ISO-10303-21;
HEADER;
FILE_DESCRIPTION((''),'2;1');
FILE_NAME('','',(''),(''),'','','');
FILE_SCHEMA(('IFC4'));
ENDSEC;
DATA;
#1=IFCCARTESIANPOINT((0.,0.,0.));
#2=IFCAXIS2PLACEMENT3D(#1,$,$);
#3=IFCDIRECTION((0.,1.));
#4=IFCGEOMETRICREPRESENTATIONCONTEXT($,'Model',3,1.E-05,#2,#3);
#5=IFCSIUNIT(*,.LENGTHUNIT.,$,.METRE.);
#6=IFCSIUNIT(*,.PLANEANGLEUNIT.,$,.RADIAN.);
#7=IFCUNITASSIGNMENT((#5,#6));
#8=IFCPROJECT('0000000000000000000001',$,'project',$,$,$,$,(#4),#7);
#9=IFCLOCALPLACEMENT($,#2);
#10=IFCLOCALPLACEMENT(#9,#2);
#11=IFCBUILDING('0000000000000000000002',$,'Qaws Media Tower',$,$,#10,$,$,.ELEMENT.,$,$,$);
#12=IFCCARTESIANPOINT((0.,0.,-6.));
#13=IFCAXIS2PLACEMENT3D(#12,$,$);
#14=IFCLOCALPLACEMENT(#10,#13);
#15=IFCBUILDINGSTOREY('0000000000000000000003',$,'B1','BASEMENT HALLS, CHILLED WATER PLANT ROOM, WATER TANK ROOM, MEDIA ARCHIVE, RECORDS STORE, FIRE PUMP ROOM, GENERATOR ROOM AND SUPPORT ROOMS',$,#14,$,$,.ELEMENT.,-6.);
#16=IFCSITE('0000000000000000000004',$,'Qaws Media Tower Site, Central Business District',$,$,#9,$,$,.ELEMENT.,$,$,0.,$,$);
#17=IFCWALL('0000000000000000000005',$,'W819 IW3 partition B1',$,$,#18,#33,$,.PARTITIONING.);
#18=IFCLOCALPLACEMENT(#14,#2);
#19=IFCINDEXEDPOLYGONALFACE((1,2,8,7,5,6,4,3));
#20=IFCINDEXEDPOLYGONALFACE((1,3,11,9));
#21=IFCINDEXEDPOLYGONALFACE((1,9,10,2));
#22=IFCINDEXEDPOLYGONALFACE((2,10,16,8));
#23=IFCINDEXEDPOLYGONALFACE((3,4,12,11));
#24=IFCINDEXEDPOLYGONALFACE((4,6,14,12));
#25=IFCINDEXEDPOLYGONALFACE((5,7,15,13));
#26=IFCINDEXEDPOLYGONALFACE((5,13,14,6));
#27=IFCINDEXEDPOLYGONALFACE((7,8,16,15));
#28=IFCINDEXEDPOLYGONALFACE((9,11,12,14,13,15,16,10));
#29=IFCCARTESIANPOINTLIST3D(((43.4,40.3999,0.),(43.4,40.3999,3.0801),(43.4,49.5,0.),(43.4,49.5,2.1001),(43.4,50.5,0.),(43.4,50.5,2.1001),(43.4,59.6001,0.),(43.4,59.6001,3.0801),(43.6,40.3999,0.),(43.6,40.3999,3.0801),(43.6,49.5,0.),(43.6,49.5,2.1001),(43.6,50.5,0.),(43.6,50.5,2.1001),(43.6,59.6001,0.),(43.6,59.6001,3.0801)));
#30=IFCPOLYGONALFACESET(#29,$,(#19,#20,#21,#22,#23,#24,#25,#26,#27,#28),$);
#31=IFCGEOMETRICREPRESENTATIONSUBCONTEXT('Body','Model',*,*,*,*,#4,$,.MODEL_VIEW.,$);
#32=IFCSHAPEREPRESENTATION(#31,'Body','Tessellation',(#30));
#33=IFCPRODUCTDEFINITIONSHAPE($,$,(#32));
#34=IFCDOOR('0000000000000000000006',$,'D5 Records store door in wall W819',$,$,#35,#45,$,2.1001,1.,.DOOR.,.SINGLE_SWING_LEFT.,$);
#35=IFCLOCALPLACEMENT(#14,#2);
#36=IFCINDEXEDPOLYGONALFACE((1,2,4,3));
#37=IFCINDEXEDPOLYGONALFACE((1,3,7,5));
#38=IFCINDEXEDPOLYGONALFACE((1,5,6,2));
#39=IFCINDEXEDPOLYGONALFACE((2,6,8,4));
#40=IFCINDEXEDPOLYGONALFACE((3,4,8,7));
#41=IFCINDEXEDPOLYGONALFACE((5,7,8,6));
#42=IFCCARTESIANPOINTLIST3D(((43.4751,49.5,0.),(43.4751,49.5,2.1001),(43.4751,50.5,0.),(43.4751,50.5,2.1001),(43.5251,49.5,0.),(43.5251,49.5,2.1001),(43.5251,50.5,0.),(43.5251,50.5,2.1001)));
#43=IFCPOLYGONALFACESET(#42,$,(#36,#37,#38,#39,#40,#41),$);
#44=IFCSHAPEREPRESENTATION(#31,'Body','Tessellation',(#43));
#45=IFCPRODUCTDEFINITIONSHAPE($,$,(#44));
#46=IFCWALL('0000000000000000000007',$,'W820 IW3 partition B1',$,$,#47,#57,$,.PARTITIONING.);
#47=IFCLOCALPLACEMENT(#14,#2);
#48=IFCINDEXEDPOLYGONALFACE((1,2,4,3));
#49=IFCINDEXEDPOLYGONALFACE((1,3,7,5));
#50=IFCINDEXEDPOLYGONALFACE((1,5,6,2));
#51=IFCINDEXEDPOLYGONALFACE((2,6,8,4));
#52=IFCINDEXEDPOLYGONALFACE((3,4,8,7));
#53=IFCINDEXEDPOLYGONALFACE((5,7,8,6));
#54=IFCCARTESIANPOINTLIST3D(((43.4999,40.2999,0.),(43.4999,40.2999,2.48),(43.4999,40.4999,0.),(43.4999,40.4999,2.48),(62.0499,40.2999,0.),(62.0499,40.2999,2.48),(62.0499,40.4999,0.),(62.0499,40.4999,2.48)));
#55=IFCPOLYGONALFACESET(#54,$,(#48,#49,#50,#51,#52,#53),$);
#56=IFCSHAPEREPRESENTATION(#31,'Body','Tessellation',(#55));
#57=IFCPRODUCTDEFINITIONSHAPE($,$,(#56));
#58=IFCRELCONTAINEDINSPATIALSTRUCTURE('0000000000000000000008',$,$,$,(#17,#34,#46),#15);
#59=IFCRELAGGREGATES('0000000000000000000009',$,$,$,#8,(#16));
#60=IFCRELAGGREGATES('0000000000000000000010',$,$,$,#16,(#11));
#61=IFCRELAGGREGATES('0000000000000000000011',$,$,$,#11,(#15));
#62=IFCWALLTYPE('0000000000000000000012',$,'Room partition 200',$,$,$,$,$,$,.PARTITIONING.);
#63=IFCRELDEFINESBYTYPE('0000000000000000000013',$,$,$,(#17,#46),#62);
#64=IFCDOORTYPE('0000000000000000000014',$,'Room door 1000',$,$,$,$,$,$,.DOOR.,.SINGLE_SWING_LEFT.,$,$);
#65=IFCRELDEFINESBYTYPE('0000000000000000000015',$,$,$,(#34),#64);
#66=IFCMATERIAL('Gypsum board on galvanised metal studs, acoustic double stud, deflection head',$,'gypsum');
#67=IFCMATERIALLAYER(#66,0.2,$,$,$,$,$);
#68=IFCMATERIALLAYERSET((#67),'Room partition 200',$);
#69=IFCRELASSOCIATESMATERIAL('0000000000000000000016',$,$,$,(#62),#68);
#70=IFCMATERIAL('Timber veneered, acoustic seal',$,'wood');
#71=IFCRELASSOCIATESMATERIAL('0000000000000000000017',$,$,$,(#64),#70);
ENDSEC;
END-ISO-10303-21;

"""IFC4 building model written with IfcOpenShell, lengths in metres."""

from ifc_helpers import new_model, si_unit, direction, frame, frame_2d, origin, place, context, subcontext, project, spatial, rectangle, extrude, material, layer, layer_set, type_object, element, fill, save


model = new_model("IFC4")

# Units and contexts
model_context = context("Model", 3, precision=1e-05, world=origin(), true_north=direction((0.0, 1.0)))
body_context = subcontext(model_context, "Body", "Model", "MODEL_VIEW")
ifc_project = project(units=[si_unit("LENGTHUNIT", "METRE"), si_unit("PLANEANGLEUNIT", "RADIAN")], contexts=[model_context])

# Site, building, storey
site_placement = place(None, origin())
site = spatial("IfcSite", under=ifc_project, at=site_placement, Name="Qaws Media Tower Site, Central Business District", CompositionType="ELEMENT", RefElevation=0.0)
building_placement = place(site_placement, origin())
building = spatial("IfcBuilding", under=site, at=building_placement, Name="Qaws Media Tower", CompositionType="ELEMENT")
storey_placement = place(building_placement, frame((0.0, 0.0, -6.0)))
storey = spatial("IfcBuildingStorey", under=building, at=storey_placement, Name="B1", Description="BASEMENT HALLS, CHILLED WATER PLANT ROOM, WATER TANK ROOM, MEDIA ARCHIVE, RECORDS STORE, FIRE PUMP ROOM, GENERATOR ROOM AND SUPPORT ROOMS", CompositionType="ELEMENT", Elevation=-6.0)

# Wall, opening, door
ifc_material_1 = material(Name="Gypsum board on galvanised metal studs, acoustic double stud, deflection head", Category="gypsum")
ifc_layer_1 = layer(ifc_material_1, 0.2)
ifc_layer_set_1 = layer_set([ifc_layer_1], Name="Room partition 200")
wall_type_1 = type_object("IfcWallType", Name="Room partition 200", PredefinedType="PARTITIONING", material=ifc_layer_set_1)
wall_1_placement = place(storey_placement, frame((43.5, 40.3999, 0.0), z_axis=(0.0, 0.0, 1.0), x_axis=(0.0, 1.0, 0.0)))
wall_1 = element("IfcWall", 1, at=wall_1_placement, inside=storey, type_object=wall_type_1, Name="W819 IW3 partition B1", PredefinedType="PARTITIONING", context=body_context, shape_type="SweptSolid", body=[
    extrude(rectangle(XDim=19.2002, YDim=0.2, at=frame_2d((9.6001, 0.0))), origin(), (0.0, 0.0, 1.0), 3.0801),
])
opening_placement = place(wall_1_placement, frame((9.1001, 0.0, 0.0)))
opening = element("IfcOpeningElement", 2, at=opening_placement, cuts=wall_1, PredefinedType="OPENING", context=body_context, shape_type="SweptSolid", body=[
    extrude(rectangle(XDim=1.0, YDim=2.1001, at=frame_2d((0.5, 1.05))), frame((0.0, 0.1099, 0.0), z_axis=(0.0, -1.0, 0.0), x_axis=(1.0, 0.0, 0.0)), (0.0, 0.0, 1.0), 0.22),
])
ifc_material_2 = material(Name="Timber veneered, acoustic seal", Category="wood")
door_type = type_object("IfcDoorType", Name="Room door 1000", OperationType="SINGLE_SWING_LEFT", PredefinedType="DOOR", material=ifc_material_2)
door_placement = place(opening_placement, origin())
door = element("IfcDoor", 3, at=door_placement, inside=storey, type_object=door_type, Name="D5 Records store door in wall W819", OperationType="SINGLE_SWING_LEFT", OverallHeight=2.1001, OverallWidth=1.0, PredefinedType="DOOR", context=body_context, shape_type="SweptSolid", body=[
    extrude(rectangle(XDim=1.0, YDim=2.1001, at=frame_2d((0.5, 1.05))), frame((0.0, 0.0249, 0.0), z_axis=(0.0, -1.0, 0.0), x_axis=(1.0, 0.0, 0.0)), (0.0, 0.0, 1.0), 0.05),
])
fill(opening, door)

# Wall
wall_2_placement = place(storey_placement, frame((43.5, 40.3999, 0.0), z_axis=(0.0, 0.0, 1.0), x_axis=(1.0, 0.0, 0.0)))
element("IfcWall", 4, at=wall_2_placement, inside=storey, type_object=wall_type_1, Name="W820 IW3 partition B1", PredefinedType="PARTITIONING", context=body_context, shape_type="SweptSolid", body=[
    extrude(rectangle(XDim=18.55, YDim=0.2, at=frame_2d((9.2749, 0.0))), origin(), (0.0, 0.0, 1.0), 2.48),
])

save(model, "model.ifc")
